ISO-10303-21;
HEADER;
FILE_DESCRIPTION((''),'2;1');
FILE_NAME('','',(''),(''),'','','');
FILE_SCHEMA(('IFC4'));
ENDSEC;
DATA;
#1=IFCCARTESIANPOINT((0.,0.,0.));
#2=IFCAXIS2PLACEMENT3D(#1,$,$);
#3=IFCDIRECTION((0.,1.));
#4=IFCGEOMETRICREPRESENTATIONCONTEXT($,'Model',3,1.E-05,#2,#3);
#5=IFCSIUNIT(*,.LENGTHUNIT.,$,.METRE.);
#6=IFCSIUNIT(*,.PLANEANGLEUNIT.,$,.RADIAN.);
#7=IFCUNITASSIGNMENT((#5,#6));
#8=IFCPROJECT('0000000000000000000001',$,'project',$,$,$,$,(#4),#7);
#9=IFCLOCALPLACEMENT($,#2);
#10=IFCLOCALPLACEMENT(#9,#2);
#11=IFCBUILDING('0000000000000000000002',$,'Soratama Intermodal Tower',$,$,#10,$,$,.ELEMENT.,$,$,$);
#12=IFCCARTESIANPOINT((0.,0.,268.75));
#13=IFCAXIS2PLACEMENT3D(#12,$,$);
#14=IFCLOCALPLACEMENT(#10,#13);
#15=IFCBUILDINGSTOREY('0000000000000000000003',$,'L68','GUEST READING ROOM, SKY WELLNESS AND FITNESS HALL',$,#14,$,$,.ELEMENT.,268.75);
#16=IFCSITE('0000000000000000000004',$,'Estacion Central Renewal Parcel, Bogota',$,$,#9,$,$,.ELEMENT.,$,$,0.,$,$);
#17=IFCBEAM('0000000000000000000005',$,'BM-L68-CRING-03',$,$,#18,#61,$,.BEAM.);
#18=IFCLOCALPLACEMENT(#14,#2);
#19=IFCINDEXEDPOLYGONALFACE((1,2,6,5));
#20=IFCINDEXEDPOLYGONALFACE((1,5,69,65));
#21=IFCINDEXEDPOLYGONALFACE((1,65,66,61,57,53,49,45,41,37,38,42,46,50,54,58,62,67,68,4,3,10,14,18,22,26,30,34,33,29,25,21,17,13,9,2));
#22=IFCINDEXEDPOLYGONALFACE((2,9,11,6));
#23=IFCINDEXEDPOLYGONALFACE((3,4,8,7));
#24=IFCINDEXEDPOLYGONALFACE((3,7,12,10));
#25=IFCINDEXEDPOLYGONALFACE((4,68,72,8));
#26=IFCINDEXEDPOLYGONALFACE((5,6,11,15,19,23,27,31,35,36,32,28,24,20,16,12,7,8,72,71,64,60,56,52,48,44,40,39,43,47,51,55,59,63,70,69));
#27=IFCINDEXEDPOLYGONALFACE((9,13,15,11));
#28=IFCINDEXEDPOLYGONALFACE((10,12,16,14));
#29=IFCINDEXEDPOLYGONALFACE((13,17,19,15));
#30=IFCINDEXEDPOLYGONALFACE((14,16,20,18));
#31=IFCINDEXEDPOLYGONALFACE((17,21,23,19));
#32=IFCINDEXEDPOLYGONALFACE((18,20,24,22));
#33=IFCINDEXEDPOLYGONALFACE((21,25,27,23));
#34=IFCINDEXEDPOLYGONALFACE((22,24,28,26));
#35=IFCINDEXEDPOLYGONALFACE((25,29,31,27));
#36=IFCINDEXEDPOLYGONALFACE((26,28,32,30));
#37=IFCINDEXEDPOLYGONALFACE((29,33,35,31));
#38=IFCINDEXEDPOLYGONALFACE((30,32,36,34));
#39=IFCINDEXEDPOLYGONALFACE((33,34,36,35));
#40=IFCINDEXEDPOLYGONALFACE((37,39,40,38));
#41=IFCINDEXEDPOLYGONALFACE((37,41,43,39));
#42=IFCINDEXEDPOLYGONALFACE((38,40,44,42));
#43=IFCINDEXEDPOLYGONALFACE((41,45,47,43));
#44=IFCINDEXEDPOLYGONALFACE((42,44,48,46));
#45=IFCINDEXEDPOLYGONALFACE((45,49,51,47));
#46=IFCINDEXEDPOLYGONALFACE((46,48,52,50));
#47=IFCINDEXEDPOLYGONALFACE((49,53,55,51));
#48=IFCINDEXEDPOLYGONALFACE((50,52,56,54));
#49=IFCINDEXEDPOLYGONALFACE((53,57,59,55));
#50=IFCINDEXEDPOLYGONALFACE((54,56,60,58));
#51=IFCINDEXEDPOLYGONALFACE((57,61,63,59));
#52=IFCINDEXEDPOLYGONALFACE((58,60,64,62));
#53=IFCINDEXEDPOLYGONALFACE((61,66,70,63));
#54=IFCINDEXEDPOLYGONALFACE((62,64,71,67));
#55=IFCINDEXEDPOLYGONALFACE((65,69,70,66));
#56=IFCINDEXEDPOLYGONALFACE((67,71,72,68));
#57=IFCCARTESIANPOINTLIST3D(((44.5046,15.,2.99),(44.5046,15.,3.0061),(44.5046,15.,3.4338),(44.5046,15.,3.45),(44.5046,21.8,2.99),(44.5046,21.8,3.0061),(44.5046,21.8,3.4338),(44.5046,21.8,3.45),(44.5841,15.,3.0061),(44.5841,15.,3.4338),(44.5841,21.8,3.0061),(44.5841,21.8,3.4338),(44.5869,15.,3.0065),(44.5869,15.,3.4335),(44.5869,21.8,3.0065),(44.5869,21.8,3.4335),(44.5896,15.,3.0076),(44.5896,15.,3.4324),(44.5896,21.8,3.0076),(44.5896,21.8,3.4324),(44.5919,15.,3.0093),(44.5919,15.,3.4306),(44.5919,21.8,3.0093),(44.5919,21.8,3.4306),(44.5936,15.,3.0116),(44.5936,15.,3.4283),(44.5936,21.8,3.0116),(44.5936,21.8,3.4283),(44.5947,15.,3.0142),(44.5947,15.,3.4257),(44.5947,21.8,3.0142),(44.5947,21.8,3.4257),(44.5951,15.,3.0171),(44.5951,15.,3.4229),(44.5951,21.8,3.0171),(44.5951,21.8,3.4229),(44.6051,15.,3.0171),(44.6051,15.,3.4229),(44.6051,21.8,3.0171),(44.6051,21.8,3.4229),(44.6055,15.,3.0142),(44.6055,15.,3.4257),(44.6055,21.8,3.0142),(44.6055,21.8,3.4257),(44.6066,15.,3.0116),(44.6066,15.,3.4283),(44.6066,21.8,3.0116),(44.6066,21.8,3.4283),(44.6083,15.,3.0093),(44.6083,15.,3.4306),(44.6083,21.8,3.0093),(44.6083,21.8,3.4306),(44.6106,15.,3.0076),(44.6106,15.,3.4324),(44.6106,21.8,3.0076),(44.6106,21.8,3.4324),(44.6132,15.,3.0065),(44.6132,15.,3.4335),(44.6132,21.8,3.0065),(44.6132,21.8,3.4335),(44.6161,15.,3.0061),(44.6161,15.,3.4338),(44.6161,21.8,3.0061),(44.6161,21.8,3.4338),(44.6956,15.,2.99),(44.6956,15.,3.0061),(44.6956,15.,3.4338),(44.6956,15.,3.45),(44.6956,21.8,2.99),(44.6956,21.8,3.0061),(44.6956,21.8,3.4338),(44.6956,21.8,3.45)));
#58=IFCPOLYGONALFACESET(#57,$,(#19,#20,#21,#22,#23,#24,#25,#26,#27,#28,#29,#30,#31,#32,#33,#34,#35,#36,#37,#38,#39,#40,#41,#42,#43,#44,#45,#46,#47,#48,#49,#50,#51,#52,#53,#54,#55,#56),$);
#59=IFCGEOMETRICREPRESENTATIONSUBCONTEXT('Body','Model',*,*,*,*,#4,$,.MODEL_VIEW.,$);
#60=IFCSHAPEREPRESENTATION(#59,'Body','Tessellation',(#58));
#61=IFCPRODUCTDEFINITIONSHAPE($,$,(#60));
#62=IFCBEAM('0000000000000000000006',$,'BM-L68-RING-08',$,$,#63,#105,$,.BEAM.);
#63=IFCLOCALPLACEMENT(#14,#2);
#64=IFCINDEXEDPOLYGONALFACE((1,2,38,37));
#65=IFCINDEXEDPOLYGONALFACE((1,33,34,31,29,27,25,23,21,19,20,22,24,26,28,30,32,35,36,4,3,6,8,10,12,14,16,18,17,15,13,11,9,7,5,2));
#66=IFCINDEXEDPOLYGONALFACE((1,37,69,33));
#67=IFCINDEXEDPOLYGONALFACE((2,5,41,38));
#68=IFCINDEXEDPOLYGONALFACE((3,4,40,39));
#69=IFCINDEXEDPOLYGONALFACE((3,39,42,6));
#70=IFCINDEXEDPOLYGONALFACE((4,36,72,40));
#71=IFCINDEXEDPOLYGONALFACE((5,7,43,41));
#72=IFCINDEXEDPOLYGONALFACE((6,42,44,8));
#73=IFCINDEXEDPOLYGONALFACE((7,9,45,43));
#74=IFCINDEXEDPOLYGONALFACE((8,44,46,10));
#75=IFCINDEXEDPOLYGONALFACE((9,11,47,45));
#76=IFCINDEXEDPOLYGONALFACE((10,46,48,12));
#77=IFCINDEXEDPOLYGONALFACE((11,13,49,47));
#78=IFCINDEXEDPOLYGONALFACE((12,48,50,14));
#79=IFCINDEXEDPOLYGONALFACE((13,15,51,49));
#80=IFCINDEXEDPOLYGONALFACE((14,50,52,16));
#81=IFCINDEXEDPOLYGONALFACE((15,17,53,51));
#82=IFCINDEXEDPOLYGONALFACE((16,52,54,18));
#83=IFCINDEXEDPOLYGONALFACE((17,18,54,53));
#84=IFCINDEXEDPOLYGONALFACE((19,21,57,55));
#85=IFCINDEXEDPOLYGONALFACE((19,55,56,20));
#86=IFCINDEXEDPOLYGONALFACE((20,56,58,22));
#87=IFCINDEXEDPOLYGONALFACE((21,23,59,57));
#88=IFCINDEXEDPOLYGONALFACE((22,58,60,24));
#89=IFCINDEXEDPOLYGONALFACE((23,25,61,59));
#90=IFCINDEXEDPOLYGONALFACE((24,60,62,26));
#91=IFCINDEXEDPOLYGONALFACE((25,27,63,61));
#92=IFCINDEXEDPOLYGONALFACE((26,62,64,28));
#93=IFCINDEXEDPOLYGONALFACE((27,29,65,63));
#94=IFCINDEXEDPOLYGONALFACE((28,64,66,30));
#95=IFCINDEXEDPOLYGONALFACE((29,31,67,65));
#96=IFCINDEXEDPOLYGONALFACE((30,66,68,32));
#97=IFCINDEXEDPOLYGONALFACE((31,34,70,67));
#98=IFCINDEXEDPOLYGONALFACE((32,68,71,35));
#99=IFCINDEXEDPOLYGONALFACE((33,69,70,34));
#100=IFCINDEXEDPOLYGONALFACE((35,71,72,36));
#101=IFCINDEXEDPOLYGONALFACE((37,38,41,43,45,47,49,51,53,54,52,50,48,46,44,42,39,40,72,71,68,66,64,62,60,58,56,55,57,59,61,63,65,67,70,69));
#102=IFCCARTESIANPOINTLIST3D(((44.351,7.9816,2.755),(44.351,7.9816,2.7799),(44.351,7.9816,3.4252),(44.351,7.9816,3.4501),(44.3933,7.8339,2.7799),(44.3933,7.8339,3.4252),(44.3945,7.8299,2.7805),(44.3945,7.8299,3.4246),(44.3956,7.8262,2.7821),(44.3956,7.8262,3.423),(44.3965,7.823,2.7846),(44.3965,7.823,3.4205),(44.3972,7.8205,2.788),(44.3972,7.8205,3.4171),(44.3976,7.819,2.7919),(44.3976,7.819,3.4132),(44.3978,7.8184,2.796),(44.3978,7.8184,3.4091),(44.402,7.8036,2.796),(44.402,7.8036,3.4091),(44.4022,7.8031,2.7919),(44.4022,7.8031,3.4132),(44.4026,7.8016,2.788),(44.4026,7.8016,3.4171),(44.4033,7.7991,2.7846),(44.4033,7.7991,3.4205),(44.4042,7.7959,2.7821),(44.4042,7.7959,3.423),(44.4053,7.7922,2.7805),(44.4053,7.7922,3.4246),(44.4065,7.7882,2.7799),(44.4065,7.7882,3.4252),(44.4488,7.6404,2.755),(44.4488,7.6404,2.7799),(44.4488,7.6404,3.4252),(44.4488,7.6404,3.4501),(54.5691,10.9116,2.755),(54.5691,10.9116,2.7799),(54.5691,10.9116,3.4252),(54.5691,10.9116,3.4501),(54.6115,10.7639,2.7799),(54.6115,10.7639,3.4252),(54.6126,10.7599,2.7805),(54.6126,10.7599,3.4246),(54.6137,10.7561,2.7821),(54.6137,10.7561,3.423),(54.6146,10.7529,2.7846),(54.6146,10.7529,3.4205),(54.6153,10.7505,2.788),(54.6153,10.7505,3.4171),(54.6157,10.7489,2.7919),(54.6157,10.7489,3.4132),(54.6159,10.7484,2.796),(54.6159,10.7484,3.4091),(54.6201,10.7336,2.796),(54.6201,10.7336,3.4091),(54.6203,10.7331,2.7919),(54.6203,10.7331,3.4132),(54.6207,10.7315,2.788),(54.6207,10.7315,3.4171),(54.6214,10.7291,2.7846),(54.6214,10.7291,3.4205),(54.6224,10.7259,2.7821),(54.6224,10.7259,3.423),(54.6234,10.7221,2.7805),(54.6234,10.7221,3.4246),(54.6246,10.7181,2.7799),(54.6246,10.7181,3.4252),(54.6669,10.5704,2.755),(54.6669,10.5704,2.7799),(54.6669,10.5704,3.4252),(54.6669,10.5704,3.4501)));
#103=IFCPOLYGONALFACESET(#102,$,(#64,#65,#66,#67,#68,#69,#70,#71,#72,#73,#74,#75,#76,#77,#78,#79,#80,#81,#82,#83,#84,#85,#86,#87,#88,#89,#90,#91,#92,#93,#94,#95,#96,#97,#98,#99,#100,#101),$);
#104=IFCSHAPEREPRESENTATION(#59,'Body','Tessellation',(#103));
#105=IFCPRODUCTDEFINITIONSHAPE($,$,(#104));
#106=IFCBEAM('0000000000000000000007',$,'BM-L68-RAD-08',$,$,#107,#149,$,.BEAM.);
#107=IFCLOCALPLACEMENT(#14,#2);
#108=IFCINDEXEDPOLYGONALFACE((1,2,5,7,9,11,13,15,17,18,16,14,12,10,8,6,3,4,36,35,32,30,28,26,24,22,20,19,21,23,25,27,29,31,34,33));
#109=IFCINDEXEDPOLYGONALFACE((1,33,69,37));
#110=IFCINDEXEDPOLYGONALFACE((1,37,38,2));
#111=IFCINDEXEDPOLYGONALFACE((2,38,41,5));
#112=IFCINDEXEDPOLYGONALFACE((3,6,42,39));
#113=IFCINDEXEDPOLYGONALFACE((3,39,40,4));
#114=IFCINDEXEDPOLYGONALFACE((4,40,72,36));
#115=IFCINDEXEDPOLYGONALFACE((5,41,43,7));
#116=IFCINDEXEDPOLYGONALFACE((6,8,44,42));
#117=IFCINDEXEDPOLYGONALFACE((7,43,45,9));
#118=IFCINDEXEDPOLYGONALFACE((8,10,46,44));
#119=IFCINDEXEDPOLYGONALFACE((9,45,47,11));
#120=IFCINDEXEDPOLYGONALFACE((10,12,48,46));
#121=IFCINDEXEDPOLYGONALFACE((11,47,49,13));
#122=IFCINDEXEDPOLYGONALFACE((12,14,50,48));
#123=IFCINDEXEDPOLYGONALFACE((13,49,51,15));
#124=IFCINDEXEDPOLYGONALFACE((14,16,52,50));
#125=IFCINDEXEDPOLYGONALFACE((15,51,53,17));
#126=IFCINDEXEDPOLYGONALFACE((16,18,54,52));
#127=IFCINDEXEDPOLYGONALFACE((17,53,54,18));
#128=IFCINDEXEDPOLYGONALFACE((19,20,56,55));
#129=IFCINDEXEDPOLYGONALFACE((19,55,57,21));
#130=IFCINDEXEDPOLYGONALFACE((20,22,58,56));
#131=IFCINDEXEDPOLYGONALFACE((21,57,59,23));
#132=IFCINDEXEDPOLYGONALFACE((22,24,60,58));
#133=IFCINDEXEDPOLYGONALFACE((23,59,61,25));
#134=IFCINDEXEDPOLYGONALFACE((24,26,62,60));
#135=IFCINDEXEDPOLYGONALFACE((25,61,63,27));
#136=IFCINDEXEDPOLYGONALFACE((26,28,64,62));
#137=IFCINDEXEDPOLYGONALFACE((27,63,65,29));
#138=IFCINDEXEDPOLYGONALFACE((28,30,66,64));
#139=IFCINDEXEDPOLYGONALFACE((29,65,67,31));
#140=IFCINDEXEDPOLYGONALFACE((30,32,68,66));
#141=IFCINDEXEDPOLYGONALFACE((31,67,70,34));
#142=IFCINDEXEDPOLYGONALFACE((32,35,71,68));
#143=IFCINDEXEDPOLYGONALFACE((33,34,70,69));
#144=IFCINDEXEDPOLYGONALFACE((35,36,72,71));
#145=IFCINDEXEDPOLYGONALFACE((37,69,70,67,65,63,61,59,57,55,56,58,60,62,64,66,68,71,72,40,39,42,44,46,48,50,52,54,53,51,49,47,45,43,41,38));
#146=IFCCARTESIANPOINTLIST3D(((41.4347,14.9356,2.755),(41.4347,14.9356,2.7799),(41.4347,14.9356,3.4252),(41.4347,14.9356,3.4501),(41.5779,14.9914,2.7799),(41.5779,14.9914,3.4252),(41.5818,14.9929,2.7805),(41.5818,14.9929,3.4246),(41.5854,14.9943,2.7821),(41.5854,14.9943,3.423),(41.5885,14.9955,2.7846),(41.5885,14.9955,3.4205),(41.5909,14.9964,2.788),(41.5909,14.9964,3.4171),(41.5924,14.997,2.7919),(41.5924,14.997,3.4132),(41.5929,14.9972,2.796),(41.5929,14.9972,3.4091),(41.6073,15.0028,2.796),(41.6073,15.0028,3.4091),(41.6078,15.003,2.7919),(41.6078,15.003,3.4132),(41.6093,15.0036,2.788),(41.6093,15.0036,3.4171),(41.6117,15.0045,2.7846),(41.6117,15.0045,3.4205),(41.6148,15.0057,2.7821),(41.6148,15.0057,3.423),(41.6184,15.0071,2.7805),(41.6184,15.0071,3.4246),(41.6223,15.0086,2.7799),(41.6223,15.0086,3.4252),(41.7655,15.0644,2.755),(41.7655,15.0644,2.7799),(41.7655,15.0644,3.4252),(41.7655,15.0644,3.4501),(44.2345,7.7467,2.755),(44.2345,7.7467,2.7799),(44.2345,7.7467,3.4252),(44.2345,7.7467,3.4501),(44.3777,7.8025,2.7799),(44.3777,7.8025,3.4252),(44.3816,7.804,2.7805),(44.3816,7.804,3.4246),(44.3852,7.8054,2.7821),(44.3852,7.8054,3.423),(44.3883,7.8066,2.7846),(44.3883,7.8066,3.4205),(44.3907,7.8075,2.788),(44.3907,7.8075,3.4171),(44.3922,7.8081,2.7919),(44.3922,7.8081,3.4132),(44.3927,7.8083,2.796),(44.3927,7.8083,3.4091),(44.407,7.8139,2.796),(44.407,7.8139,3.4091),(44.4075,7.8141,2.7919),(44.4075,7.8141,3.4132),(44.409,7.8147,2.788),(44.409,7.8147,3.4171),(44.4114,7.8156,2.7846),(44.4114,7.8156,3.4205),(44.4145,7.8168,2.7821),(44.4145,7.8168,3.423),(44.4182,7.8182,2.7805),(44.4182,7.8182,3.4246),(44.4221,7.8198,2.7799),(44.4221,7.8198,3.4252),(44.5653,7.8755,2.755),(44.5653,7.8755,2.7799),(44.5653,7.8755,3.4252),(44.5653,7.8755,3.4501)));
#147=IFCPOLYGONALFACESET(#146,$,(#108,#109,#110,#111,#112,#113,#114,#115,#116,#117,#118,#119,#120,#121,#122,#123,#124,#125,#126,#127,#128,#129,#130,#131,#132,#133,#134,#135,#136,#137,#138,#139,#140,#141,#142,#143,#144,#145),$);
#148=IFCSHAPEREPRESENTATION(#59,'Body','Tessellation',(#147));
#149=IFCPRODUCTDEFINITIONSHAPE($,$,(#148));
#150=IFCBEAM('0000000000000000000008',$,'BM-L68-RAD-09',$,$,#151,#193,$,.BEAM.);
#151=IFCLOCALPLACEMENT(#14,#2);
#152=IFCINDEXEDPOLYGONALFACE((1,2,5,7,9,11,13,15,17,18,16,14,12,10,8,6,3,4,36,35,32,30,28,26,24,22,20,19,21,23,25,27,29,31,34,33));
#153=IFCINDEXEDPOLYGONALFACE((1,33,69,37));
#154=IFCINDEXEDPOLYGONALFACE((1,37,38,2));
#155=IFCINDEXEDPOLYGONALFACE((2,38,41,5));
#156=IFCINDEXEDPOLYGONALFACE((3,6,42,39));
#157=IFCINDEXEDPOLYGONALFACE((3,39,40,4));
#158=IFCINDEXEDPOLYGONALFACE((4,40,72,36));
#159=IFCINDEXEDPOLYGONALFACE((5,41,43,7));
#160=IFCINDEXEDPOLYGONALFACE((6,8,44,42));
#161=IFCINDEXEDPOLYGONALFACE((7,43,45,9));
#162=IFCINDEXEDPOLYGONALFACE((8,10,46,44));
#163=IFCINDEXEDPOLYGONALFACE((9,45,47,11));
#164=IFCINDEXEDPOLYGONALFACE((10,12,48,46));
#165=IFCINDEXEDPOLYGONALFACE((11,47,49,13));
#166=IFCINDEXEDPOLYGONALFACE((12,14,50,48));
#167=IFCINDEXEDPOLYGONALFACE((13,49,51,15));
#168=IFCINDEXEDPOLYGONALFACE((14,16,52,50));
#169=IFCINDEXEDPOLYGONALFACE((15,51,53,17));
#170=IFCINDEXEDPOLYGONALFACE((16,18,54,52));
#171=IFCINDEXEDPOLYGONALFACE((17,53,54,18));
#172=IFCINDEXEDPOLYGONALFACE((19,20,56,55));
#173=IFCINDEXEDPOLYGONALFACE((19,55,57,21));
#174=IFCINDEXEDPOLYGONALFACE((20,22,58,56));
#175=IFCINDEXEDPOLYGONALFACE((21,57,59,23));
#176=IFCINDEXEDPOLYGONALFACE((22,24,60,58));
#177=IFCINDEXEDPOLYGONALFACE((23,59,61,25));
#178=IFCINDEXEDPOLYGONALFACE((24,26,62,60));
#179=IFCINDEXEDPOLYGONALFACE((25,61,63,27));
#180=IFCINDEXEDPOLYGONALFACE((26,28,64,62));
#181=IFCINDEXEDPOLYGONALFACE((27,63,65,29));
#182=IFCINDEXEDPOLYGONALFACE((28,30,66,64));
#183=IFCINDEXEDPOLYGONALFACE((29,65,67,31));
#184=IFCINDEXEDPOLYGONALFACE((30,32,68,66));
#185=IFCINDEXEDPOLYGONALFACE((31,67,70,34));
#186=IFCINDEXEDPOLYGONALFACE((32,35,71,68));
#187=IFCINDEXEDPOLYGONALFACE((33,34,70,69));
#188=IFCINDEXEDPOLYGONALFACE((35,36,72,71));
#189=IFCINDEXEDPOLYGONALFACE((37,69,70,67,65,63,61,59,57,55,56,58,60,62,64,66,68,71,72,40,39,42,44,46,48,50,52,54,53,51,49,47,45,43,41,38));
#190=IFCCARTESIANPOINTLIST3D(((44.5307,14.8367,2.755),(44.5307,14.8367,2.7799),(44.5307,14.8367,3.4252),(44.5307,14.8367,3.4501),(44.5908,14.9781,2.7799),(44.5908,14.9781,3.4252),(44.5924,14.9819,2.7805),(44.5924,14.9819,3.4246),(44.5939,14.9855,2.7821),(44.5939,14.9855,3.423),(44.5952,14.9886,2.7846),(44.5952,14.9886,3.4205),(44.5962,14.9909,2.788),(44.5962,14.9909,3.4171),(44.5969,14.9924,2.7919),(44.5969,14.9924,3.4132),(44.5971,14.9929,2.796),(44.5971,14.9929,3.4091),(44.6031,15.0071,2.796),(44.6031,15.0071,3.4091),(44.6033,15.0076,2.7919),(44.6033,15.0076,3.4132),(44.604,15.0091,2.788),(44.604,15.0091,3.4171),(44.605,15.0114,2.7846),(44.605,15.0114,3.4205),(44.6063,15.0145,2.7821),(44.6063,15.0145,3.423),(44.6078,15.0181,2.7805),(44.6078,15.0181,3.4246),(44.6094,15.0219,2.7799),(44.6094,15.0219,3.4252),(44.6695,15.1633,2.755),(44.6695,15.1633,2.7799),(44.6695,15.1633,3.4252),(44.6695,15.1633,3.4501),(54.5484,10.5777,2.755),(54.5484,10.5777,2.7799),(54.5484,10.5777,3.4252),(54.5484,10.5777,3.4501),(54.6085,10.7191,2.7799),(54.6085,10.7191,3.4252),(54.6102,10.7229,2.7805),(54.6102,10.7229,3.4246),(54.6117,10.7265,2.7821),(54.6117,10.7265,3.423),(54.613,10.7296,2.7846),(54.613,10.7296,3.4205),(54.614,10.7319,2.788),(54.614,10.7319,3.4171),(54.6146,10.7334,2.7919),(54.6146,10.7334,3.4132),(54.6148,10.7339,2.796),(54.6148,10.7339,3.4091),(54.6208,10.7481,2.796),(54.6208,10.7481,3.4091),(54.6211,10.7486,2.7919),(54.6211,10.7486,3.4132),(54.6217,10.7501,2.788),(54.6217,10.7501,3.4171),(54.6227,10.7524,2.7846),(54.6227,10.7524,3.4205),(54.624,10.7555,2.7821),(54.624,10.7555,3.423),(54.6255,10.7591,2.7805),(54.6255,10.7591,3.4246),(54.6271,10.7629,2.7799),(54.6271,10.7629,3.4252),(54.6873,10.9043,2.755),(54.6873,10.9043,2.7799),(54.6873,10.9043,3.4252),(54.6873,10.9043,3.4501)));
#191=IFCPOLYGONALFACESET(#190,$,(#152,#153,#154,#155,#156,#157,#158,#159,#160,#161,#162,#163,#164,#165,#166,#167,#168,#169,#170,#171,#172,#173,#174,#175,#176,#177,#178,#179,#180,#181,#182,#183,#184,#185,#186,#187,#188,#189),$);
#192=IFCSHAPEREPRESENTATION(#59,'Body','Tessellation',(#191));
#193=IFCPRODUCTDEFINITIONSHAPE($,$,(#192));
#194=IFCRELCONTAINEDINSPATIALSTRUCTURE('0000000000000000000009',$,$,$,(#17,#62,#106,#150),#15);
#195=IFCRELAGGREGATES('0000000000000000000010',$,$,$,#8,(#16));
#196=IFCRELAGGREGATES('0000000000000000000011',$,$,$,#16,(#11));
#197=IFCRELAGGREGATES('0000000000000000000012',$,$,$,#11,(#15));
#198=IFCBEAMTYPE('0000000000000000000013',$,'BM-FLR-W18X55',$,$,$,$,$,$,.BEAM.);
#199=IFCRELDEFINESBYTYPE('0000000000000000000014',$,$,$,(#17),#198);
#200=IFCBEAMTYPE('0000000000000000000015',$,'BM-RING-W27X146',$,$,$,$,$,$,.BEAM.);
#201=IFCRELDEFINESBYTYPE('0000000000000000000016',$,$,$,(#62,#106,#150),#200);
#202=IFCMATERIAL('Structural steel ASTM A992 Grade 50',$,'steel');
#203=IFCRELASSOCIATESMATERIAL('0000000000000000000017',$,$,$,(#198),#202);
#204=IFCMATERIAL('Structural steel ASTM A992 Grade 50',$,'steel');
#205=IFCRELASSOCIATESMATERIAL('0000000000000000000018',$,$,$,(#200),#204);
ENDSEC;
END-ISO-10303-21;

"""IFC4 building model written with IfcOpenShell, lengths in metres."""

from ifc_helpers import new_model, si_unit, direction, frame, origin, origin_2d, place, context, subcontext, project, spatial, i_section, extrude, material, material_profile, profile_set, type_object, element, save


model = new_model("IFC4")

# Units and contexts
model_context = context("Model", 3, precision=1e-05, world=origin(), true_north=direction((0.0, 1.0)))
body_context = subcontext(model_context, "Body", "Model", "MODEL_VIEW")
ifc_project = project(units=[si_unit("LENGTHUNIT", "METRE"), si_unit("PLANEANGLEUNIT", "RADIAN")], contexts=[model_context])

# Site, building, storey
site_placement = place(None, origin())
site = spatial("IfcSite", under=ifc_project, at=site_placement, Name="Estacion Central Renewal Parcel, Bogota", CompositionType="ELEMENT", RefElevation=0.0)
building_placement = place(site_placement, origin())
building = spatial("IfcBuilding", under=site, at=building_placement, Name="Soratama Intermodal Tower", CompositionType="ELEMENT")
storey_placement = place(building_placement, frame((0.0, 0.0, 268.75)))
storey = spatial("IfcBuildingStorey", under=building, at=storey_placement, Name="L68", Description="GUEST READING ROOM, SKY WELLNESS AND FITNESS HALL", CompositionType="ELEMENT", Elevation=268.75)

# Beams
ifc_material_1 = material(Name="Structural steel ASTM A992 Grade 50", Category="steel")
ifc_material_profile_1 = material_profile(ifc_material_1, i_section(OverallWidth=0.1909, OverallDepth=0.46, WebThickness=0.01, FlangeThickness=0.0161, FilletRadius=0.011, at=origin_2d()), Name="W18X55")
ifc_profile_set_1 = profile_set([ifc_material_profile_1], Name="Structural steel ASTM A992 Grade 50")
beam_type_1 = type_object("IfcBeamType", Name="BM-FLR-W18X55", PredefinedType="BEAM", material=ifc_profile_set_1)
beam_1_placement = place(storey_placement, frame((44.6001, 15.0, 3.22), z_axis=(0.0, 1.0, 0.0), x_axis=(-1.0, 0.0, 0.0)))
element("IfcBeam", 1, at=beam_1_placement, inside=storey, type_object=beam_type_1, Name="BM-L68-CRING-03", PredefinedType="BEAM", context=body_context, shape_type="SweptSolid", body=[
    extrude(i_section(OverallWidth=0.1909, OverallDepth=0.46, WebThickness=0.01, FlangeThickness=0.0161, FilletRadius=0.011, at=origin_2d()), origin(), (0.0, 0.0, 1.0), 6.8),
])
ifc_material_2 = material(Name="Structural steel ASTM A992 Grade 50", Category="steel")
ifc_material_profile_2 = material_profile(ifc_material_2, i_section(OverallWidth=0.355, OverallDepth=0.6951, WebThickness=0.0154, FlangeThickness=0.0249, FilletRadius=0.0161, at=origin_2d()), Name="W27X146")
ifc_profile_set_2 = profile_set([ifc_material_profile_2], Name="Structural steel ASTM A992 Grade 50")
beam_type_2 = type_object("IfcBeamType", Name="BM-RING-W27X146", PredefinedType="BEAM", material=ifc_profile_set_2)
beam_2_placement = place(storey_placement, frame((44.3999, 7.811, 3.1025), z_axis=(0.961263, 0.275634, 0.0), x_axis=(-0.275634, 0.961263, 0.0)))
element("IfcBeam", 2, at=beam_2_placement, inside=storey, type_object=beam_type_2, Name="BM-L68-RING-08", PredefinedType="BEAM", context=body_context, shape_type="SweptSolid", body=[
    extrude(i_section(OverallWidth=0.355, OverallDepth=0.6951, WebThickness=0.0154, FlangeThickness=0.0249, FilletRadius=0.0161, at=origin_2d()), origin(), (0.0, 0.0, 1.0), 10.6299),
])
beam_3_placement = place(storey_placement, frame((41.6001, 15.0, 3.1025), z_axis=(0.362907, -0.931825, 0.0), x_axis=(0.931825, 0.362907, 0.0)))
element("IfcBeam", 3, at=beam_3_placement, inside=storey, type_object=beam_type_2, Name="BM-L68-RAD-08", PredefinedType="BEAM", context=body_context, shape_type="SweptSolid", body=[
    extrude(i_section(OverallWidth=0.355, OverallDepth=0.6951, WebThickness=0.0154, FlangeThickness=0.0249, FilletRadius=0.0161, at=origin_2d()), origin(), (0.0, 0.0, 1.0), 7.7148),
])
beam_4_placement = place(storey_placement, frame((44.6001, 15.0, 3.1025), z_axis=(0.920283, -0.391254, 0.0), x_axis=(0.391254, 0.920283, 0.0)))
element("IfcBeam", 4, at=beam_4_placement, inside=storey, type_object=beam_type_2, Name="BM-L68-RAD-09", PredefinedType="BEAM", context=body_context, shape_type="SweptSolid", body=[
    extrude(i_section(OverallWidth=0.355, OverallDepth=0.6951, WebThickness=0.0154, FlangeThickness=0.0249, FilletRadius=0.0161, at=origin_2d()), origin(), (0.0, 0.0, 1.0), 10.8855),
])

save(model, "model.ifc")
